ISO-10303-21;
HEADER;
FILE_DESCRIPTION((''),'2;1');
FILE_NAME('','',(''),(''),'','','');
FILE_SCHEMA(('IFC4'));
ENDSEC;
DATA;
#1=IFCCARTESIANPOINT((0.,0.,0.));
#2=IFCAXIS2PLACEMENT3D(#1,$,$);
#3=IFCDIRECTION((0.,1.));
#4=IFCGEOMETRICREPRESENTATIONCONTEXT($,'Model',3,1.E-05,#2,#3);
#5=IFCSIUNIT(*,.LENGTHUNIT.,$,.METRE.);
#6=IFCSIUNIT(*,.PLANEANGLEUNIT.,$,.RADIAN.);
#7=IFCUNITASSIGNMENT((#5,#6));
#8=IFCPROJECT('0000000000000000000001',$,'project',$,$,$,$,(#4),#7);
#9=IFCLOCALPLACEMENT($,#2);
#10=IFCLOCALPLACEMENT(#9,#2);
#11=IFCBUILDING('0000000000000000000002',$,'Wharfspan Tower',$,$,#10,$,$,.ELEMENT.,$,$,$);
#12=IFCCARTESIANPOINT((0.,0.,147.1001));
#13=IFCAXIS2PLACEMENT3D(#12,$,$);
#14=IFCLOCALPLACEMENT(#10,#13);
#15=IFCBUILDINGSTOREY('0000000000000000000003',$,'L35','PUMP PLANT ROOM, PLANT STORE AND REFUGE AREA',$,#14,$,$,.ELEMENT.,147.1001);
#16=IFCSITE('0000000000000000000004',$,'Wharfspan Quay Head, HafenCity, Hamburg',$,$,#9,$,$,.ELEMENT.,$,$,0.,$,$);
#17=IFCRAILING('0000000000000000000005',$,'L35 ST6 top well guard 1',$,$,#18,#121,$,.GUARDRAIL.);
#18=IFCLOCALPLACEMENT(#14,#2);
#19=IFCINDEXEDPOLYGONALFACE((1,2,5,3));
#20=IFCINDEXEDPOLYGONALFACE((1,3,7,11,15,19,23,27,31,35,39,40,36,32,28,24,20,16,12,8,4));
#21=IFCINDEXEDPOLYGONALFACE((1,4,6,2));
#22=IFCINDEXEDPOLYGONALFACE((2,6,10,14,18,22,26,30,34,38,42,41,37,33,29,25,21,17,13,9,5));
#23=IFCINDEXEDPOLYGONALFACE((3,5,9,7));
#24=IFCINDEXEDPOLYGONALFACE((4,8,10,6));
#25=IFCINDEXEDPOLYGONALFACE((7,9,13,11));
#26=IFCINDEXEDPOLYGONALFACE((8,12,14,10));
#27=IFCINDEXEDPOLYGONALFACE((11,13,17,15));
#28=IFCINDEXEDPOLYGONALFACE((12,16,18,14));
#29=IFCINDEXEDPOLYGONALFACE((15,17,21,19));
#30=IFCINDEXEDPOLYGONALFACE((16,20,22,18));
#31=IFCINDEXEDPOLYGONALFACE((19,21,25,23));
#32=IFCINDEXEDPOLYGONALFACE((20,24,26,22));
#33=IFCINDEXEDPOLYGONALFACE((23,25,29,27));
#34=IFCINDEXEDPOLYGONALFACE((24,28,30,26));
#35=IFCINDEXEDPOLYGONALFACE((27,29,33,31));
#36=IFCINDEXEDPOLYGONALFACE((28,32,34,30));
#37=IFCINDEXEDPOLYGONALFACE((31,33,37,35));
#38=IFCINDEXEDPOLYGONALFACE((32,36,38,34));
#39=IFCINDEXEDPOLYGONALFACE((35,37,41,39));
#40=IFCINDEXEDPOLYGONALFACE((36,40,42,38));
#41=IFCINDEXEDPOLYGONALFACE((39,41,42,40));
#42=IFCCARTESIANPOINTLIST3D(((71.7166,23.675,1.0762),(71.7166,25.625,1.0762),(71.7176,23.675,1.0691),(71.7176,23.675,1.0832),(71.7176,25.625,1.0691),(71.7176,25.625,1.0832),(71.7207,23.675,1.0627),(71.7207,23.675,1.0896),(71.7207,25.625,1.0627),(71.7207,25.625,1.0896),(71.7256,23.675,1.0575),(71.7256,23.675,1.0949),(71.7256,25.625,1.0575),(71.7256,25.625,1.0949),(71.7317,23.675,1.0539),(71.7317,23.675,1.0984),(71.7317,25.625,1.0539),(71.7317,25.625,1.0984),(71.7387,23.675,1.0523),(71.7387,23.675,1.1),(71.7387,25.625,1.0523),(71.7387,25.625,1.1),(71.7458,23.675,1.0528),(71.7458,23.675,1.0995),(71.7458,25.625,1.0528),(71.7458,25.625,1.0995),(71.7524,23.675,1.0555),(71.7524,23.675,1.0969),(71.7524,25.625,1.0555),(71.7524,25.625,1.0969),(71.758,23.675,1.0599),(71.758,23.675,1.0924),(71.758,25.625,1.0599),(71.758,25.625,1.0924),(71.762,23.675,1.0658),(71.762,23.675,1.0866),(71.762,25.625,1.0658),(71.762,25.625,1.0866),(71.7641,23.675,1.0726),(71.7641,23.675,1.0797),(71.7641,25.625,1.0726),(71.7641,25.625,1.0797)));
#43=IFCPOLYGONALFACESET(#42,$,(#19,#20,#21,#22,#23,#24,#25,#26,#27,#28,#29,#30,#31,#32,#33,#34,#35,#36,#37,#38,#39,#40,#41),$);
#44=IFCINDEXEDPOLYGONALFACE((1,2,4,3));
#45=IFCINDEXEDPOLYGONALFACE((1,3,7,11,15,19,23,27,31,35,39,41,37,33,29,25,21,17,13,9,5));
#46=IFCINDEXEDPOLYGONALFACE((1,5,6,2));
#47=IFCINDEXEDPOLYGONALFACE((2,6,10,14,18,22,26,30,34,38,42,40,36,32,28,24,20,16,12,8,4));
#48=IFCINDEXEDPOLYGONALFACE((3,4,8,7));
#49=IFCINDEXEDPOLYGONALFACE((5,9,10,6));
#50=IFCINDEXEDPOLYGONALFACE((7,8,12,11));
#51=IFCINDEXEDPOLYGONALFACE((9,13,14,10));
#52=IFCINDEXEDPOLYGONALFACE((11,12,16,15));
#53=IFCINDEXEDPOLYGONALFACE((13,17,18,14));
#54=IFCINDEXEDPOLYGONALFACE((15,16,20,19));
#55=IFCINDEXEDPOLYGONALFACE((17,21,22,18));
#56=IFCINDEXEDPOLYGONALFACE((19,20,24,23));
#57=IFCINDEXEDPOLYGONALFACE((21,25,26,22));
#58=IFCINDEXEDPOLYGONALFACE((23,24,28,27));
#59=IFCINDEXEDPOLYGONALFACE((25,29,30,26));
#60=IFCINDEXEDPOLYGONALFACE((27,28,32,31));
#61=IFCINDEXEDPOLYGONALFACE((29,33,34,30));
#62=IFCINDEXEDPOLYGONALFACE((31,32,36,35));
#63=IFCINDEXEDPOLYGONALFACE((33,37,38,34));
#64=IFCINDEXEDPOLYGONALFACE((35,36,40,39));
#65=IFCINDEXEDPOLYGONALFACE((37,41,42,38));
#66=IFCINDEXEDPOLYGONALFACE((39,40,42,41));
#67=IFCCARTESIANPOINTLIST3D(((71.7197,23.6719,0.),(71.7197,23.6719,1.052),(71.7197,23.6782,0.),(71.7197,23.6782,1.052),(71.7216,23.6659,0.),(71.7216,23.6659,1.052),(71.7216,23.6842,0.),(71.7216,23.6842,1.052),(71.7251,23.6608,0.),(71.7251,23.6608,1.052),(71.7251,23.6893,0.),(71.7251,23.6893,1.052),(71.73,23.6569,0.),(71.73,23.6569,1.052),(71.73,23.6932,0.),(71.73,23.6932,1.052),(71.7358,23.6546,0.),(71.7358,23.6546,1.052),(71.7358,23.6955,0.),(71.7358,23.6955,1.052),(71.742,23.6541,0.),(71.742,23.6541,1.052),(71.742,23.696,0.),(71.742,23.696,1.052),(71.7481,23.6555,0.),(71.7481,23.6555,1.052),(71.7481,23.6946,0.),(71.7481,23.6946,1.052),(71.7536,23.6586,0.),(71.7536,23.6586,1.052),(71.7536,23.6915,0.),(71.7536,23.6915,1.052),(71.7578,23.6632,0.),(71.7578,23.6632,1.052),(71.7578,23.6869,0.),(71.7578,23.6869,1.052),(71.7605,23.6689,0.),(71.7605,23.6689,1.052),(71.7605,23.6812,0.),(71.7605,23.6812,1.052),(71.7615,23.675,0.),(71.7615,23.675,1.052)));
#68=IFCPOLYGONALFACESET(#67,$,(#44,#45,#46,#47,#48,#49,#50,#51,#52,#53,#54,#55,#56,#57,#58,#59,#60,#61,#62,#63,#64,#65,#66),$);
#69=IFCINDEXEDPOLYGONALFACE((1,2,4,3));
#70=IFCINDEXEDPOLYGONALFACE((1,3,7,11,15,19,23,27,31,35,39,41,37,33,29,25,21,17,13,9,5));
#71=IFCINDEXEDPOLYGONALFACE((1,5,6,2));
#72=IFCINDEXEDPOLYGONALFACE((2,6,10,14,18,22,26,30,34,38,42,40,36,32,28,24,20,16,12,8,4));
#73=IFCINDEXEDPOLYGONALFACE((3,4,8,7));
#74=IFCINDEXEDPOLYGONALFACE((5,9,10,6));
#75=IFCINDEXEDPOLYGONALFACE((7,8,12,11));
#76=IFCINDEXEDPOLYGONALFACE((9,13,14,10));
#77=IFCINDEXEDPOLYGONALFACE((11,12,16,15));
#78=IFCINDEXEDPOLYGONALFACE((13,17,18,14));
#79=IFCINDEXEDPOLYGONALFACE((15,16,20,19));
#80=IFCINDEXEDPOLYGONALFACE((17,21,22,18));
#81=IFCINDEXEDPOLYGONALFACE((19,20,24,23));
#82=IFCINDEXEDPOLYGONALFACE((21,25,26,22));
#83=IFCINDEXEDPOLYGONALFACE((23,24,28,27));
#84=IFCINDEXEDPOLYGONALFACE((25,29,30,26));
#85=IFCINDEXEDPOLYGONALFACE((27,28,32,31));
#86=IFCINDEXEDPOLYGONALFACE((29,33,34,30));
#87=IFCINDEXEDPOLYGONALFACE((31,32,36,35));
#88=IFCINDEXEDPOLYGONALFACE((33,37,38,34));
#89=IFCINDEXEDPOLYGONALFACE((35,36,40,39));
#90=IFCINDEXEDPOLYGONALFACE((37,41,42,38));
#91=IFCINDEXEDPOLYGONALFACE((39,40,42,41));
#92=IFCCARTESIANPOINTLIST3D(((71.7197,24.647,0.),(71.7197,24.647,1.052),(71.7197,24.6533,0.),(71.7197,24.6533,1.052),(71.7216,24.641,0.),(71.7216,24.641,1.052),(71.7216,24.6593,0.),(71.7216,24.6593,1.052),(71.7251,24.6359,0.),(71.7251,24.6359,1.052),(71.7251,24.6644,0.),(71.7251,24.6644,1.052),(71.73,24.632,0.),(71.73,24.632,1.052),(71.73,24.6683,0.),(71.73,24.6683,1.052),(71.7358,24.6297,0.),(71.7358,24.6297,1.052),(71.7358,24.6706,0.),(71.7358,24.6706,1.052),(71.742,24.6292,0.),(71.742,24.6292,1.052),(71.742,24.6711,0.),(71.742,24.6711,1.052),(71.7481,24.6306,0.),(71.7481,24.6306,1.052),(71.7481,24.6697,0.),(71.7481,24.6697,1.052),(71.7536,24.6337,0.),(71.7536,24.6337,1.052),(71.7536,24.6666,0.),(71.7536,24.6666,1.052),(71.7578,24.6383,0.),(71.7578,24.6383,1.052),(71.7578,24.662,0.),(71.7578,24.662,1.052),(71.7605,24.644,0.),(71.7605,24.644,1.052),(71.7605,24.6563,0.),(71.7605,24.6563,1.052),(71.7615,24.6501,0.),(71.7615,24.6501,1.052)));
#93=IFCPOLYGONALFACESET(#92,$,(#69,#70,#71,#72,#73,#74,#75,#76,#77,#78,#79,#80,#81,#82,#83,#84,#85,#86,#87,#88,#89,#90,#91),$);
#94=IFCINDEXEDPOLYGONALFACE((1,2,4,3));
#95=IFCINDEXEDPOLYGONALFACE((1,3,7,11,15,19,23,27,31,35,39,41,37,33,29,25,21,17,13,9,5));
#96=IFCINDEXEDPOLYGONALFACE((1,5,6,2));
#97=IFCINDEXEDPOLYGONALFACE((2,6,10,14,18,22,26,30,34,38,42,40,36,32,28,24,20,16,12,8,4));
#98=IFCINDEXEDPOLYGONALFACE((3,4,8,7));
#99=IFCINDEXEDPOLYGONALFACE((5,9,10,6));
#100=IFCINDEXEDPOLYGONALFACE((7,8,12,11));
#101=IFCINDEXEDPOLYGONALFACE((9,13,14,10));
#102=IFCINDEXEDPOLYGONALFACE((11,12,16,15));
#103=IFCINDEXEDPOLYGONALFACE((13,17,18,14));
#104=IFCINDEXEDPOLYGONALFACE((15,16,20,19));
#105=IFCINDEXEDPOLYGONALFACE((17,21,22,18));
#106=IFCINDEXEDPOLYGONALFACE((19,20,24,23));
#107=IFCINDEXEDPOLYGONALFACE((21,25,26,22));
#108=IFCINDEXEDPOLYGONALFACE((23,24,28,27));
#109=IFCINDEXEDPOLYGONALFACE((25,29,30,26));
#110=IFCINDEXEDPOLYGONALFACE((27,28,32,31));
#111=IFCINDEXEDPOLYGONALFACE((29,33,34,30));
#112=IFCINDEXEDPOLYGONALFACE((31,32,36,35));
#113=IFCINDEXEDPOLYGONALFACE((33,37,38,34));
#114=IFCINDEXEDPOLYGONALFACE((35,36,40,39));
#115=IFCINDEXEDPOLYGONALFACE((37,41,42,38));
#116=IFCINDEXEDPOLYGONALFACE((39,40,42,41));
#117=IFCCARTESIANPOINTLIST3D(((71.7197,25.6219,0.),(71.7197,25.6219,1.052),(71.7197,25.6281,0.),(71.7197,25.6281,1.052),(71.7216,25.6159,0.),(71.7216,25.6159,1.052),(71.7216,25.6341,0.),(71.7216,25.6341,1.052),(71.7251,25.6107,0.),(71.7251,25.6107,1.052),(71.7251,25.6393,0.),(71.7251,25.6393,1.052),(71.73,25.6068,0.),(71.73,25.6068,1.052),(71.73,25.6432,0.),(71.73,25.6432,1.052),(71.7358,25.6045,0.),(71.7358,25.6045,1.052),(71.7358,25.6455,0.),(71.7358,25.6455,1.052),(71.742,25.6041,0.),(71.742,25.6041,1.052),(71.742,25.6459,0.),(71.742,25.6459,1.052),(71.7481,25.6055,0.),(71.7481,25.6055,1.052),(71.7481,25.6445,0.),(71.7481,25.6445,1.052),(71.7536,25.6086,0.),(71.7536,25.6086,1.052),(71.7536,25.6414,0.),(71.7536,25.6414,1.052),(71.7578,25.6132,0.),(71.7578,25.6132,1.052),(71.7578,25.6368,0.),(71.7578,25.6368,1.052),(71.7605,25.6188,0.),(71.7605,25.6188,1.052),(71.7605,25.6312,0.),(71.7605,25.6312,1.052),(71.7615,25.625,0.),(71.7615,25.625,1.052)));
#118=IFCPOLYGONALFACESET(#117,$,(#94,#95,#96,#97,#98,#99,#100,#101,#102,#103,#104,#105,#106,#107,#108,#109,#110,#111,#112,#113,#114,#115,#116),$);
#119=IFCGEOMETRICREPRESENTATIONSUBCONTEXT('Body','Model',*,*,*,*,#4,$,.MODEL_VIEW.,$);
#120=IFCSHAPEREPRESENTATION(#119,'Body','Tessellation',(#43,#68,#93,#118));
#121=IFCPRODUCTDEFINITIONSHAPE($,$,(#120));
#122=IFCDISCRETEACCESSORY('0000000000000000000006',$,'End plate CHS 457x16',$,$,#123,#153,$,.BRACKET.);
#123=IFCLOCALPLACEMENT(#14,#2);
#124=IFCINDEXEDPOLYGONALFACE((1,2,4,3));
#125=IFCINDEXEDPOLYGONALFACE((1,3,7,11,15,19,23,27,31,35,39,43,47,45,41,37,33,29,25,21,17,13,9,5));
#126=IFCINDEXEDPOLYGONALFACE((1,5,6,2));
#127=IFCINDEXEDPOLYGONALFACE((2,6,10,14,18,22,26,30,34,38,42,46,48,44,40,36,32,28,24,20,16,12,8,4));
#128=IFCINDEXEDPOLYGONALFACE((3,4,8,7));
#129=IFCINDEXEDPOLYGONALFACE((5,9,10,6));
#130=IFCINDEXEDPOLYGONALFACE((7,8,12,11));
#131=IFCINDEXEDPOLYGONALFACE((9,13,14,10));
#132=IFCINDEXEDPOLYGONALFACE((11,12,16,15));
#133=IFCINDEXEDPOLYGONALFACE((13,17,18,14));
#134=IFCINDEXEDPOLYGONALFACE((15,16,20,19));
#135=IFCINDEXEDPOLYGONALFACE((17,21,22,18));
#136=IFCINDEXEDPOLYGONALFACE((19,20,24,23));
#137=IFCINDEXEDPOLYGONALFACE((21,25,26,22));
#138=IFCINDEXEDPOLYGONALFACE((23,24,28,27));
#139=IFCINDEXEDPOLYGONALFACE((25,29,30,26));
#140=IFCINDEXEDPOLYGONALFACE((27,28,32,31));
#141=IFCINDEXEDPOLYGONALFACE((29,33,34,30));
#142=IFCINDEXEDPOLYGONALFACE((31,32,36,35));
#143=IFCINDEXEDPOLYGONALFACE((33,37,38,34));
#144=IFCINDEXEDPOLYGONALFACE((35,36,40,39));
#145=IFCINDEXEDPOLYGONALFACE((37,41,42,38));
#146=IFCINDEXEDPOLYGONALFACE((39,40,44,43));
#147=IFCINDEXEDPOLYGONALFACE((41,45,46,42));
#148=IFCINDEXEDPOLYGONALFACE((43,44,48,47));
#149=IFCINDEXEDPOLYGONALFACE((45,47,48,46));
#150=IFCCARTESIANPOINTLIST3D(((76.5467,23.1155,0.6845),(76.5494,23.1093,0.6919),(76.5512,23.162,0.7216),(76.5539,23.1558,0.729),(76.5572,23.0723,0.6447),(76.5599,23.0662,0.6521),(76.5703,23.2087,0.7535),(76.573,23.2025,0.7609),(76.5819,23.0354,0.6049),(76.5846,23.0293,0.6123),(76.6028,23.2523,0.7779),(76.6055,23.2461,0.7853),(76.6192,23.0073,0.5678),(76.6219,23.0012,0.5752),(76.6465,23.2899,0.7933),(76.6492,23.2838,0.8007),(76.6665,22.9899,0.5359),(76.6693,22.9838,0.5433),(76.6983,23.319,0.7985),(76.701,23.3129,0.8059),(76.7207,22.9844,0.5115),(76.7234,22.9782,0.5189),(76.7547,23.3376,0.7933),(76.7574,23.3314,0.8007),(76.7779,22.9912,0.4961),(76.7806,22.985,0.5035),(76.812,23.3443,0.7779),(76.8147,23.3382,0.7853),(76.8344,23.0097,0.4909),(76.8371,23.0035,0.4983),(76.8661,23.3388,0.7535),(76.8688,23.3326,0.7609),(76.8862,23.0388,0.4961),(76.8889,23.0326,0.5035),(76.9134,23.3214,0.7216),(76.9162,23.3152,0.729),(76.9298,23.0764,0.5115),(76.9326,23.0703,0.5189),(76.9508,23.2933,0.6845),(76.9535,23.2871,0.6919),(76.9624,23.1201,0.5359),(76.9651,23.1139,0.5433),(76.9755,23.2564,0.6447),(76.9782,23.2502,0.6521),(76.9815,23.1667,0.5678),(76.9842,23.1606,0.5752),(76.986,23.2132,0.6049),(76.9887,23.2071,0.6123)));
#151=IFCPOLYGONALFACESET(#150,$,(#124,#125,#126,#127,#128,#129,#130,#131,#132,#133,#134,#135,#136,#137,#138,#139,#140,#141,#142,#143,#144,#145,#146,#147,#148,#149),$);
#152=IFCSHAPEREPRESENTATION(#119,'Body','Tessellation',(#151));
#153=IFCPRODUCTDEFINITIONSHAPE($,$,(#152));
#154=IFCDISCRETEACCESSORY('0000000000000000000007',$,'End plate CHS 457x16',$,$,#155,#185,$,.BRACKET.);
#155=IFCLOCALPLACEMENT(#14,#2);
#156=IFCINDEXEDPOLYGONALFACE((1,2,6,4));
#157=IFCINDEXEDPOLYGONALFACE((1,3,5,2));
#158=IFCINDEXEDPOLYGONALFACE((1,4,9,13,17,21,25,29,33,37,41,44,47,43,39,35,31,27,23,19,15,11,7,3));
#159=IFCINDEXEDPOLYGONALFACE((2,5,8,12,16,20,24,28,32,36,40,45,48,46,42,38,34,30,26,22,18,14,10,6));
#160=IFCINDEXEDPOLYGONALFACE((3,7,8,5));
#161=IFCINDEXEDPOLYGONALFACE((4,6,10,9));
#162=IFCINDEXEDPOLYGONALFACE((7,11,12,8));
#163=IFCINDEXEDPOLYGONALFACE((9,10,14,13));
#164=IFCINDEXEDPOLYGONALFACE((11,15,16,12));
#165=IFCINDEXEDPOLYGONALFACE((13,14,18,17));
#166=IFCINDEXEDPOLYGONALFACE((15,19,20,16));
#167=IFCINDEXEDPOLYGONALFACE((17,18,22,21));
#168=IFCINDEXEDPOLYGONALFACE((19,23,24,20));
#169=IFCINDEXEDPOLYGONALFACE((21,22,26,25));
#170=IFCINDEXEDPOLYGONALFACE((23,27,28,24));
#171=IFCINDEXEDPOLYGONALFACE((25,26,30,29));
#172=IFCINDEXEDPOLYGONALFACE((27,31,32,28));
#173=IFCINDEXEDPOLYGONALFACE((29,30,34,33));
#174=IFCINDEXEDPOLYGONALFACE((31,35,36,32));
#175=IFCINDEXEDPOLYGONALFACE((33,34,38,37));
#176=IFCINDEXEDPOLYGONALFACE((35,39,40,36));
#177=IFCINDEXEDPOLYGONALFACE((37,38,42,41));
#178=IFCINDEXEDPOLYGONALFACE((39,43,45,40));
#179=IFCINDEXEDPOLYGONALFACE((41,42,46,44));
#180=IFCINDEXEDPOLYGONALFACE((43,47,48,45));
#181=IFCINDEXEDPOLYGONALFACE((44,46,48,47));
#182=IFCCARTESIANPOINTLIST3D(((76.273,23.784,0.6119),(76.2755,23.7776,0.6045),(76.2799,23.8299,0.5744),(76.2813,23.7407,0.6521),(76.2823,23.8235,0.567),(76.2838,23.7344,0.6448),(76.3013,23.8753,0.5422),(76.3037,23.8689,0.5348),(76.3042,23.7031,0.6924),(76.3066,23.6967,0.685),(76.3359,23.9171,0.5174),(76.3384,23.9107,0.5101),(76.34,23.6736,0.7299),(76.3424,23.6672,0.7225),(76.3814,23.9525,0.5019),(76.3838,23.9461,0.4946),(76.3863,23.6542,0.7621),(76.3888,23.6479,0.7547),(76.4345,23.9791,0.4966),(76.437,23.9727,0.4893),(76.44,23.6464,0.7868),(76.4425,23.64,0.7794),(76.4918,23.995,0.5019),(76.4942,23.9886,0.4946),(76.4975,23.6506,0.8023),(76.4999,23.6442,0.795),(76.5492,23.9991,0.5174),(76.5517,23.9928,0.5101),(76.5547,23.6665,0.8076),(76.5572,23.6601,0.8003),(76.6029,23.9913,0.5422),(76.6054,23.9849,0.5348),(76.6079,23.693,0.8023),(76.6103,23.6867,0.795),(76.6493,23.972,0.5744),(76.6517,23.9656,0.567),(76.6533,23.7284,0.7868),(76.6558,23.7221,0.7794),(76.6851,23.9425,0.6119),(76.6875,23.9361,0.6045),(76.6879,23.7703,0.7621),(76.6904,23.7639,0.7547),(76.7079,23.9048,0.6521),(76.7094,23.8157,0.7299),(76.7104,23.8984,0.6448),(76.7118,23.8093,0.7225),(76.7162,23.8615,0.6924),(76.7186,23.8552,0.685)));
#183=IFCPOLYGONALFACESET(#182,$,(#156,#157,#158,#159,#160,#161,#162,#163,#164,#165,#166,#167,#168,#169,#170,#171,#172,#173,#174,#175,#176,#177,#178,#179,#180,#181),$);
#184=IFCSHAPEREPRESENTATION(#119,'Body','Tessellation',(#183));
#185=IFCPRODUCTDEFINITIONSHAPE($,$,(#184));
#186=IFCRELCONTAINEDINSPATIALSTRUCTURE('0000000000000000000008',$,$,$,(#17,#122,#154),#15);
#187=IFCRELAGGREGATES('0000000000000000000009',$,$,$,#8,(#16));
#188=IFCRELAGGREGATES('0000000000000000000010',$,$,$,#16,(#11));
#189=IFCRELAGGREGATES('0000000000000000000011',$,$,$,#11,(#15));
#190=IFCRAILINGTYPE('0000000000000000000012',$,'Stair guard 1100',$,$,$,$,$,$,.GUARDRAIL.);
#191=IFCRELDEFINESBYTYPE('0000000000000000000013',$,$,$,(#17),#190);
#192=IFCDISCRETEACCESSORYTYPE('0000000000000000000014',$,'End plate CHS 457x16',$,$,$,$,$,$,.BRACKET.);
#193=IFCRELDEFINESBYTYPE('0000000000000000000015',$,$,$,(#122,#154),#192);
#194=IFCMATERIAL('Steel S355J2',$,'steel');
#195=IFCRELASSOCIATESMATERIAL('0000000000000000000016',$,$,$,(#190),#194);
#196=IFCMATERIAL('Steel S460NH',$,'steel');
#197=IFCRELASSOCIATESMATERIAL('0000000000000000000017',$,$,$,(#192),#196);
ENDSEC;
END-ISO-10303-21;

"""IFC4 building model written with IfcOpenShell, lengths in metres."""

from ifc_helpers import new_model, si_unit, direction, frame, origin, origin_2d, place, context, subcontext, project, spatial, circle, extrude, material, material_profile, profile_set, type_object, element, save


model = new_model("IFC4")

# Units and contexts
model_context = context("Model", 3, precision=1e-05, world=origin(), true_north=direction((0.0, 1.0)))
body_context = subcontext(model_context, "Body", "Model", "MODEL_VIEW")
ifc_project = project(units=[si_unit("LENGTHUNIT", "METRE"), si_unit("PLANEANGLEUNIT", "RADIAN")], contexts=[model_context])

# Site, building, storey
site_placement = place(None, origin())
site = spatial("IfcSite", under=ifc_project, at=site_placement, Name="Wharfspan Quay Head, HafenCity, Hamburg", CompositionType="ELEMENT", RefElevation=0.0)
building_placement = place(site_placement, origin())
building = spatial("IfcBuilding", under=site, at=building_placement, Name="Wharfspan Tower", CompositionType="ELEMENT")
storey_placement = place(building_placement, frame((0.0, 0.0, 147.1001)))
storey = spatial("IfcBuildingStorey", under=building, at=storey_placement, Name="L35", Description="PUMP PLANT ROOM, PLANT STORE AND REFUGE AREA", CompositionType="ELEMENT", Elevation=147.1001)

# Shared definitions
ifc_material_1 = material(Name="Steel S460NH", Category="steel")

# Railing
ifc_material_2 = material(Name="Steel S355J2", Category="steel")
railing_type = type_object("IfcRailingType", Name="Stair guard 1100", PredefinedType="GUARDRAIL", material=ifc_material_2)
railing_1_placement = place(storey_placement, frame((71.7405, 23.675, 0.0)))
element("IfcRailing", 1, at=railing_1_placement, inside=storey, type_object=railing_type, Name="L35 ST6 top well guard 1", PredefinedType="GUARDRAIL", context=body_context, shape_type="SweptSolid", body=[
    extrude(circle(Radius=0.0239, at=origin_2d()), frame((0.0, 0.0, 1.0762), z_axis=(0.0, 1.0, 0.0), x_axis=(-1.0, 0.0, 0.0)), (0.0, 0.0, 1.0), 1.95),
    extrude(circle(Radius=0.021, at=origin_2d()), origin(), (0.0, 0.0, 1.0), 1.052),
    extrude(circle(Radius=0.021, at=origin_2d()), frame((0.0, 0.9751, 0.0)), (0.0, 0.0, 1.0), 1.052),
    extrude(circle(Radius=0.021, at=origin_2d()), frame((0.0, 1.95, 0.0)), (0.0, 0.0, 1.0), 1.052),
])

# Discrete accessories
ifc_material_profile_1 = material_profile(ifc_material_1, circle(Radius=0.2285, at=origin_2d()))
ifc_profile_set_1 = profile_set([ifc_material_profile_1], Name="Steel S460NH")
discrete_accessory_type_1 = type_object("IfcDiscreteAccessoryType", Name="End plate CHS 457x16", PredefinedType="BRACKET", material=ifc_profile_set_1)
for number, where, z_axis, x_axis, name in (
    (2, (76.769, 23.1582, 0.6521), (-0.27113, 0.616205, -0.739446), (-0.915312, -0.402737, 0.0), "End plate CHS 457x16"),
    (3, (76.4971, 23.8164, 0.6448), (-0.244266, 0.635092, 0.732798), (-0.933346, -0.358979, 0.0), "End plate CHS 457x16"),
):
    element("IfcDiscreteAccessory", number, at=place(storey_placement, frame(where, z_axis=z_axis, x_axis=x_axis)), inside=storey, type_object=discrete_accessory_type_1, Name=name, PredefinedType="BRACKET", context=body_context, shape_type="SweptSolid", body=[
        extrude(circle(Radius=0.2285, at=origin_2d()), origin(), (0.0, 0.0, 1.0), 0.01),
    ])

save(model, "model.ifc")
